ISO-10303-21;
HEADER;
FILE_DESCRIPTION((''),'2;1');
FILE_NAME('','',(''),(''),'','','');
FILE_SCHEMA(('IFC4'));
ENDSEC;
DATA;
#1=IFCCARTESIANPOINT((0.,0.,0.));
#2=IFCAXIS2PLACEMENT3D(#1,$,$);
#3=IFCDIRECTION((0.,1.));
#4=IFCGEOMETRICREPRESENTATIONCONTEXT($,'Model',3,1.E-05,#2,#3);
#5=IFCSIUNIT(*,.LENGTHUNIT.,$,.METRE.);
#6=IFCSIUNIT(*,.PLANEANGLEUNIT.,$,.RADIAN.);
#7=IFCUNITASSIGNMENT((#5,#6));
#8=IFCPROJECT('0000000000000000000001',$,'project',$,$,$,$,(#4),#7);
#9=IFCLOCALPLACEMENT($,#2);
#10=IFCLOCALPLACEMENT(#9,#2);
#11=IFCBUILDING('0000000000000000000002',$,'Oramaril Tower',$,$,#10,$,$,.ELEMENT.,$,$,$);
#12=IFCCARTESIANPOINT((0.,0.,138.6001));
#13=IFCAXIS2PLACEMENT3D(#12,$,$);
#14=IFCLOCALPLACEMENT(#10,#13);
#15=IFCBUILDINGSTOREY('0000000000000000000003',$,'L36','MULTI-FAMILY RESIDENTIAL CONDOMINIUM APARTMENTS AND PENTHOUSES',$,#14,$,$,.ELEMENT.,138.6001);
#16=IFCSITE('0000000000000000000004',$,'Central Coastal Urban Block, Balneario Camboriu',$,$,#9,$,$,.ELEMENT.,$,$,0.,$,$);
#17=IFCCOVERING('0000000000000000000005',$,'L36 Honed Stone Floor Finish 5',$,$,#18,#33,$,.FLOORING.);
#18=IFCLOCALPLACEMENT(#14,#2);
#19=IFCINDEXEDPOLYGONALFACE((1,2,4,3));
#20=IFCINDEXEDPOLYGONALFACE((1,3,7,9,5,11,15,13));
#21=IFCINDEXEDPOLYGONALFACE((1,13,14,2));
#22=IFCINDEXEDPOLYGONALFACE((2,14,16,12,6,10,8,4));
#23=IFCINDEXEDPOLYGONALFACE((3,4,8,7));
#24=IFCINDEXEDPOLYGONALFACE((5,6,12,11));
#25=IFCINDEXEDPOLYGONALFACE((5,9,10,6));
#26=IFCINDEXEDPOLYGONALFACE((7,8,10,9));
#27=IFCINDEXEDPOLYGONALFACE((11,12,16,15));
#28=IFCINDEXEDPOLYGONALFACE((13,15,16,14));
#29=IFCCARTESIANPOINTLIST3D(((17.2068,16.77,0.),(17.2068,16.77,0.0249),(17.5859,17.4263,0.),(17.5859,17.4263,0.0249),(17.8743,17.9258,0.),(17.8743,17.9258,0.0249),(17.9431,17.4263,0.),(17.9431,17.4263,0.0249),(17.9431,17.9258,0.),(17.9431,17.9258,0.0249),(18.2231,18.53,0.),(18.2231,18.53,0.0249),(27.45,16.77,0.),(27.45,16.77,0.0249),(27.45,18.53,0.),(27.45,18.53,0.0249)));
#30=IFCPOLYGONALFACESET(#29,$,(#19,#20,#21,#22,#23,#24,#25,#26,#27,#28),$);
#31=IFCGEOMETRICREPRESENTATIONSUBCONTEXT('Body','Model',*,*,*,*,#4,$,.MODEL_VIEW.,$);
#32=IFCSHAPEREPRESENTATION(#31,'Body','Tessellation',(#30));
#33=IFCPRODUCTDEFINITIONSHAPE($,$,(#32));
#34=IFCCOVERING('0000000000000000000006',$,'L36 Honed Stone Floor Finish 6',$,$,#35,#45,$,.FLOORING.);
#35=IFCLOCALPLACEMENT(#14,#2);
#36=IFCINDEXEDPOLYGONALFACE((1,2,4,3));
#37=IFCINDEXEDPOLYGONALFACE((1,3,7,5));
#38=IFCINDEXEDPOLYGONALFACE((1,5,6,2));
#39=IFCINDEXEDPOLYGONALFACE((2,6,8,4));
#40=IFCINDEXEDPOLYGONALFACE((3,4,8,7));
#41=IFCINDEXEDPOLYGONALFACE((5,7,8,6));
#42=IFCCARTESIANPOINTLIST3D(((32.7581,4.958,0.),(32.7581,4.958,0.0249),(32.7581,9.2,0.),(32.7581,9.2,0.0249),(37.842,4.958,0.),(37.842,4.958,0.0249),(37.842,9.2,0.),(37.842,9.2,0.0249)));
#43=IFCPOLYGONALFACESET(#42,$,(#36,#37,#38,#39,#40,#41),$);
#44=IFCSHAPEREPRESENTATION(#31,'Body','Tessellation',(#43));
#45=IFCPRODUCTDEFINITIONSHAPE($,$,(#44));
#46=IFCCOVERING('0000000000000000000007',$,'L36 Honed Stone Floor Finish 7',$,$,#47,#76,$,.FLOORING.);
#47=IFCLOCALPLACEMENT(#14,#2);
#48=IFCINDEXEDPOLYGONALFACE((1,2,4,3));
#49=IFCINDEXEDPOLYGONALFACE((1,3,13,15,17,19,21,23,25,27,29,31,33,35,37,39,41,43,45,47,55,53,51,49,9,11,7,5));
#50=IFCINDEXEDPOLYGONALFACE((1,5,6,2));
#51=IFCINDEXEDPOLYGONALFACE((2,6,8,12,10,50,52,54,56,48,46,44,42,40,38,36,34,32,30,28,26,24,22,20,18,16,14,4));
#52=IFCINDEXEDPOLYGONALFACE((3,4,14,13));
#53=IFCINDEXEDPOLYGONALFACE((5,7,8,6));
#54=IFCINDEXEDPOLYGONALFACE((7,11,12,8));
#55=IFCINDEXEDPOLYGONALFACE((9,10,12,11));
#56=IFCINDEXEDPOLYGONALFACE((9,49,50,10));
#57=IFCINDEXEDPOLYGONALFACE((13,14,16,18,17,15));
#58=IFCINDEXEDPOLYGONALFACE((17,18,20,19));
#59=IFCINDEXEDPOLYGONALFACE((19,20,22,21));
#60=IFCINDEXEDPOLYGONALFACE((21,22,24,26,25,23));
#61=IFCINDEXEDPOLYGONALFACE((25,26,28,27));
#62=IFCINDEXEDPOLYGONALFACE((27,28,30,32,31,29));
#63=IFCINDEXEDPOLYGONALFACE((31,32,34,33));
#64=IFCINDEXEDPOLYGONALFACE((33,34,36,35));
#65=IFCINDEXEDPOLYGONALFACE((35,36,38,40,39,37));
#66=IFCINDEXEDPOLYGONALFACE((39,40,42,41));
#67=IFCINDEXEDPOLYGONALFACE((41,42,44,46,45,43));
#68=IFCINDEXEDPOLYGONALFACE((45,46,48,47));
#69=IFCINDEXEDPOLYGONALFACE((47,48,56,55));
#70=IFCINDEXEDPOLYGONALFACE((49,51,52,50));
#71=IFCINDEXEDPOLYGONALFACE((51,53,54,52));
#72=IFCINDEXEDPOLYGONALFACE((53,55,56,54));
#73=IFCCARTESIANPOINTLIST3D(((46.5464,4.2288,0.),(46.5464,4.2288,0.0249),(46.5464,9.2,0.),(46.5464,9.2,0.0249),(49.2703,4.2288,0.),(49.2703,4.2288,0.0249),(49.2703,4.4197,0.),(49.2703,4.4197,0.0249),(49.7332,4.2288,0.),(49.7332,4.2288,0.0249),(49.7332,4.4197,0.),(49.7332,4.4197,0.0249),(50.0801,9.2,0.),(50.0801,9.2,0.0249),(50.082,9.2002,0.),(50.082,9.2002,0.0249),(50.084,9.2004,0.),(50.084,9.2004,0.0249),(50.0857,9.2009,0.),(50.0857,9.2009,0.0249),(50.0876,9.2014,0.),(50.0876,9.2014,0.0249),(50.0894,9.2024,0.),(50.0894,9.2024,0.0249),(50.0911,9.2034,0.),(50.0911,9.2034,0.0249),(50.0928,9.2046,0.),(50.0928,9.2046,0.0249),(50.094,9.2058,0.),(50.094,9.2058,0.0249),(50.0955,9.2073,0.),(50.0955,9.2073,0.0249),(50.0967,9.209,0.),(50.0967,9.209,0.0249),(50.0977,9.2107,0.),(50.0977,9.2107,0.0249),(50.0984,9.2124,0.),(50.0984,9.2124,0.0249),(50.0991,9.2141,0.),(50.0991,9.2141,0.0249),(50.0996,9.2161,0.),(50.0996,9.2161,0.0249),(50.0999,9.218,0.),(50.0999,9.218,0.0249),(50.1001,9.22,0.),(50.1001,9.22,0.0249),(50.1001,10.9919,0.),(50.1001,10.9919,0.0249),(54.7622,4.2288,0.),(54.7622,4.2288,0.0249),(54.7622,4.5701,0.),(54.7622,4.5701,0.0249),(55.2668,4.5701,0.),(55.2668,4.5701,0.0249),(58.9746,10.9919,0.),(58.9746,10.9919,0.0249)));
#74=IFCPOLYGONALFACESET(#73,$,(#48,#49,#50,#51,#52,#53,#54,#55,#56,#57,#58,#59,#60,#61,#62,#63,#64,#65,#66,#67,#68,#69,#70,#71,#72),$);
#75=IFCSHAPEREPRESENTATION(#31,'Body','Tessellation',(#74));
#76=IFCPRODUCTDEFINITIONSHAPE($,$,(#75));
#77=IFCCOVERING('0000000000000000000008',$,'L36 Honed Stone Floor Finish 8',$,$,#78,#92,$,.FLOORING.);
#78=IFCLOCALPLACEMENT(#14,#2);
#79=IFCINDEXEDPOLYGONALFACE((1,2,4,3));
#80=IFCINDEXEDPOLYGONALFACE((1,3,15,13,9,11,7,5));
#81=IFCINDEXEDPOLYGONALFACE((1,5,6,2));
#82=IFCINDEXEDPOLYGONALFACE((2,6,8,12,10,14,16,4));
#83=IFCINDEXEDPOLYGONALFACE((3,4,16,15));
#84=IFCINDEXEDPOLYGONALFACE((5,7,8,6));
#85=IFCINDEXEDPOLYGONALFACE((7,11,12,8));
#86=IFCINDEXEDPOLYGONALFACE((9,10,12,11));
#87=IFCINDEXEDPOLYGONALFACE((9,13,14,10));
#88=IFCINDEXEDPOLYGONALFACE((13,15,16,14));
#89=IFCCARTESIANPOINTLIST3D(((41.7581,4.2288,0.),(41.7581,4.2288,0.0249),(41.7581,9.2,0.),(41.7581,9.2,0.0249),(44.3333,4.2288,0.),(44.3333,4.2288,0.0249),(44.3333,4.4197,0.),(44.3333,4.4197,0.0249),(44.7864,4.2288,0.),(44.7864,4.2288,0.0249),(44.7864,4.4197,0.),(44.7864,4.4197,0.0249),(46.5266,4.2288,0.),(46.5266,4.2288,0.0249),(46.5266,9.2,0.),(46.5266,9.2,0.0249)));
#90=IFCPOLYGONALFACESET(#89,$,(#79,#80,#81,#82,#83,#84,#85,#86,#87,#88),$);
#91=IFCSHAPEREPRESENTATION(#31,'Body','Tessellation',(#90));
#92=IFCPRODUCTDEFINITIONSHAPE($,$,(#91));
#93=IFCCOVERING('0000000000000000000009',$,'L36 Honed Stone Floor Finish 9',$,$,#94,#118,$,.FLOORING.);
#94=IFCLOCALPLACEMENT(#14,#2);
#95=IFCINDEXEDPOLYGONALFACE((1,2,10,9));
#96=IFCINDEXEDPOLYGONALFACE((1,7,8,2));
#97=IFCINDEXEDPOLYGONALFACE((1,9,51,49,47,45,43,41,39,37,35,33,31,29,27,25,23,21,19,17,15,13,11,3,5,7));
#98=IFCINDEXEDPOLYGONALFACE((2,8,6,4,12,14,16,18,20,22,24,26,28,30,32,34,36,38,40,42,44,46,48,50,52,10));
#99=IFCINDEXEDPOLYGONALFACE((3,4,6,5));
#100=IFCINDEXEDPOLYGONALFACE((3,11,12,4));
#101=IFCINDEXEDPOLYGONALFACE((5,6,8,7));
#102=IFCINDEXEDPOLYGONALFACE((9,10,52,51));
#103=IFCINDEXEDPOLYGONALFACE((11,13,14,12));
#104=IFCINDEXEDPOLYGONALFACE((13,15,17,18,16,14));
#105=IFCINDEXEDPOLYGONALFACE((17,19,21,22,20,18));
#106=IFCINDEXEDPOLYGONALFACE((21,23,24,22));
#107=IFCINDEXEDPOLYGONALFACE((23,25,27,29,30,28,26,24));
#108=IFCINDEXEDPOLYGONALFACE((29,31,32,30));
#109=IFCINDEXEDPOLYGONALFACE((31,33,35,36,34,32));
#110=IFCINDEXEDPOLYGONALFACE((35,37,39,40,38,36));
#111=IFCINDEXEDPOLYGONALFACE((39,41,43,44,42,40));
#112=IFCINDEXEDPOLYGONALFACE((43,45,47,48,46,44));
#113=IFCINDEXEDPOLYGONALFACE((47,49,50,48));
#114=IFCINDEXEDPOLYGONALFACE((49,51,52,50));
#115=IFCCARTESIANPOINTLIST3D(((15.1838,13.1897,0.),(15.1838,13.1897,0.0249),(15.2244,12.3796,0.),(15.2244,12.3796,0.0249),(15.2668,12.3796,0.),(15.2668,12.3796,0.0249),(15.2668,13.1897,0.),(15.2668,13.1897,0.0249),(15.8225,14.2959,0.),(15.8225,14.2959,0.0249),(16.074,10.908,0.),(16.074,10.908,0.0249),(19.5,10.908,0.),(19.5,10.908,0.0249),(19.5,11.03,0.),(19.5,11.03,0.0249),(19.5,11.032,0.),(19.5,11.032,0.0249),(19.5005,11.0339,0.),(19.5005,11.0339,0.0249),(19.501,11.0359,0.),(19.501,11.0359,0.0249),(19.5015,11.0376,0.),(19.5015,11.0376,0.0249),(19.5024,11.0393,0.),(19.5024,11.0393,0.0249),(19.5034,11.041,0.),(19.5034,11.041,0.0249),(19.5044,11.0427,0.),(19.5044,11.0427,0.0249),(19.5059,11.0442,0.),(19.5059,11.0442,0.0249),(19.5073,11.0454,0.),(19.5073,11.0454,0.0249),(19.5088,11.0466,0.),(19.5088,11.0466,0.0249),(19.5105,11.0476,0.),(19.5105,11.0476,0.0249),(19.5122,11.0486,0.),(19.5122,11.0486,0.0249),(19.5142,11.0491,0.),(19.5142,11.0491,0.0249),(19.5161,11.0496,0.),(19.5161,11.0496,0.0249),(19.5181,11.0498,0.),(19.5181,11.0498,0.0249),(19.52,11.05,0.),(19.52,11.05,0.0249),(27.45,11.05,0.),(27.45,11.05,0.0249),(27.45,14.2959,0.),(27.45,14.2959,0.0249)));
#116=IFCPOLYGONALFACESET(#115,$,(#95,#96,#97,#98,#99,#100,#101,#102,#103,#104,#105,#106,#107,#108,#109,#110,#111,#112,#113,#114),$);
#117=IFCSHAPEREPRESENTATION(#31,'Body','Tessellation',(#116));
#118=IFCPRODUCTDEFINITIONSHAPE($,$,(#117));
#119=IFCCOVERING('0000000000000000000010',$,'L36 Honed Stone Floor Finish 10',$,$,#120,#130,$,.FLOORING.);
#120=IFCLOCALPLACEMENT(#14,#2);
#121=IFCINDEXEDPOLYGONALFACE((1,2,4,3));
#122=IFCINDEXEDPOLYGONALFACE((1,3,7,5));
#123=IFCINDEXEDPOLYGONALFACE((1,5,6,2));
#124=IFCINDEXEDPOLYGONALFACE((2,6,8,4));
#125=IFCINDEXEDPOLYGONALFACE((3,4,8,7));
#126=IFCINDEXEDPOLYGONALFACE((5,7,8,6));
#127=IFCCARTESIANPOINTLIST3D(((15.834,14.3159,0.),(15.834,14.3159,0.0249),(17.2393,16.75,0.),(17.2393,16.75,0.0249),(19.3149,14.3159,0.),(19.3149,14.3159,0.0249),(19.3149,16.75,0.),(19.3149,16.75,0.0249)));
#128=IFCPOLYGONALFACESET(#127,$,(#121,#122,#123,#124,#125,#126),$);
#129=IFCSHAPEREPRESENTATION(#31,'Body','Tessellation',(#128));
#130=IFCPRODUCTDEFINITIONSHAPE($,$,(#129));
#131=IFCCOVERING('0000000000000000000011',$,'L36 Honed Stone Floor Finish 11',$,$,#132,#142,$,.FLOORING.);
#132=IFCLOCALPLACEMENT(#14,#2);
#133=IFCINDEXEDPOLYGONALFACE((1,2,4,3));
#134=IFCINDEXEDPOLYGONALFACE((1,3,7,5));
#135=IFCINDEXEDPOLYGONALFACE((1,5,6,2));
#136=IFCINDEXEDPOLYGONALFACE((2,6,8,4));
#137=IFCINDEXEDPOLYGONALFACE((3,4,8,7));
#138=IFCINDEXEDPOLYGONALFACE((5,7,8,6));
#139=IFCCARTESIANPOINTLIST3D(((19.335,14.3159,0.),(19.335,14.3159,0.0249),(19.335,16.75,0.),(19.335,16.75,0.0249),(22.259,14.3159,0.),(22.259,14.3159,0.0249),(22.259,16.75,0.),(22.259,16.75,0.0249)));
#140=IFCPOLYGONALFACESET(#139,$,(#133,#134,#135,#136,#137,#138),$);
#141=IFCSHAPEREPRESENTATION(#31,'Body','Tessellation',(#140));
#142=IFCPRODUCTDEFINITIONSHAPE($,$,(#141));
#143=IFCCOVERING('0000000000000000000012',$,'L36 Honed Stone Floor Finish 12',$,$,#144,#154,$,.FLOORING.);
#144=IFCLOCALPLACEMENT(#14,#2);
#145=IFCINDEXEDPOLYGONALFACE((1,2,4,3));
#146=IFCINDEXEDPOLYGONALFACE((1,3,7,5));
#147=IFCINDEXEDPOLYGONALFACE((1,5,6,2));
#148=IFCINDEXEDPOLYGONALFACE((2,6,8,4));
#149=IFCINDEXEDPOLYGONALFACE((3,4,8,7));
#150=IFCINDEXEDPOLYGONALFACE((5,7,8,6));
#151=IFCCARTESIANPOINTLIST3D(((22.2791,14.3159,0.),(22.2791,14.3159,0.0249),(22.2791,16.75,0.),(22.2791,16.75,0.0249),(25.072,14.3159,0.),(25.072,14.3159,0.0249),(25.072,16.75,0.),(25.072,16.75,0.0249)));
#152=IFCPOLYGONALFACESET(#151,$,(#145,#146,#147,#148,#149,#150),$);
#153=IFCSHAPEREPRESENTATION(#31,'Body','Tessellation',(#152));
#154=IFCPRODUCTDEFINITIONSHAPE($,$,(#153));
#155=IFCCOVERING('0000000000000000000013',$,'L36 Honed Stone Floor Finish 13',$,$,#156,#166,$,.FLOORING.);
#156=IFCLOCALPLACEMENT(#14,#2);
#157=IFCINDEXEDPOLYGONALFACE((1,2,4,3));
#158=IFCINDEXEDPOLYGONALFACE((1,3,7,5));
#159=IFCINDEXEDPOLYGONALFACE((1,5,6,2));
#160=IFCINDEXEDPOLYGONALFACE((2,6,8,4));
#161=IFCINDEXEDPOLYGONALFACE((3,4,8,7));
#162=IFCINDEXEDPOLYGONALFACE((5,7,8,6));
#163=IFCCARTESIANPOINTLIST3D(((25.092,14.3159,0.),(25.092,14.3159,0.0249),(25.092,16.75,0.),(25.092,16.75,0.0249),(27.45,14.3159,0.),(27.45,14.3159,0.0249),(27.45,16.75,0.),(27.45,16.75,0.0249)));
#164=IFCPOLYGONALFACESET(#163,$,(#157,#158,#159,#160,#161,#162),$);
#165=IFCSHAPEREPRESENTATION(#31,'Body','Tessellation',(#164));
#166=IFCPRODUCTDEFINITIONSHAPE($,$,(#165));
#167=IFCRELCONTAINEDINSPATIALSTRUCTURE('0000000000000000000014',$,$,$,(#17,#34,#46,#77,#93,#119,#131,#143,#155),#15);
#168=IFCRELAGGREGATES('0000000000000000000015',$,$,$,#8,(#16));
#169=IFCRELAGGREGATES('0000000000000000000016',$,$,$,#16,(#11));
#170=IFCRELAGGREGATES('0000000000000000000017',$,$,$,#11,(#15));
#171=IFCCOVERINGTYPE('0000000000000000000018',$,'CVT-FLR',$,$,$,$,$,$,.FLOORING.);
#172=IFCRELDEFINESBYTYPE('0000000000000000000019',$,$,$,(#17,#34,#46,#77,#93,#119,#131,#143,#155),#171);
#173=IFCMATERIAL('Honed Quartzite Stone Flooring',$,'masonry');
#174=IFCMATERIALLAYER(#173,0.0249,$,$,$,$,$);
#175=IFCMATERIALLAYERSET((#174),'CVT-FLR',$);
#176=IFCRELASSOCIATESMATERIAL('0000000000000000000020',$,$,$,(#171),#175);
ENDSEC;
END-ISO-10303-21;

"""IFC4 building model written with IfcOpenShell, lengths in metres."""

from ifc_helpers import new_model, si_unit, direction, frame, origin, place, context, subcontext, project, spatial, polyline, outline, extrude, material, layer, layer_set, type_object, element, save


model = new_model("IFC4")

# Units and contexts
model_context = context("Model", 3, precision=1e-05, world=origin(), true_north=direction((0.0, 1.0)))
body_context = subcontext(model_context, "Body", "Model", "MODEL_VIEW")
ifc_project = project(units=[si_unit("LENGTHUNIT", "METRE"), si_unit("PLANEANGLEUNIT", "RADIAN")], contexts=[model_context])

# Site, building, storey
site_placement = place(None, origin())
site = spatial("IfcSite", under=ifc_project, at=site_placement, Name="Central Coastal Urban Block, Balneario Camboriu", CompositionType="ELEMENT", RefElevation=0.0)
building_placement = place(site_placement, origin())
building = spatial("IfcBuilding", under=site, at=building_placement, Name="Oramaril Tower", CompositionType="ELEMENT")
storey_placement = place(building_placement, frame((0.0, 0.0, 138.6001)))
storey = spatial("IfcBuildingStorey", under=building, at=storey_placement, Name="L36", Description="MULTI-FAMILY RESIDENTIAL CONDOMINIUM APARTMENTS AND PENTHOUSES", CompositionType="ELEMENT", Elevation=138.6001)

# Coverings
ifc_material_1 = material(Name="Honed Quartzite Stone Flooring", Category="masonry")
ifc_layer_1 = layer(ifc_material_1, 0.0249)
ifc_layer_set_1 = layer_set([ifc_layer_1], Name="CVT-FLR")
covering_type_1 = type_object("IfcCoveringType", Name="CVT-FLR", PredefinedType="FLOORING", material=ifc_layer_set_1)
covering_1_placement = place(storey_placement, origin())
element("IfcCovering", 1, at=covering_1_placement, inside=storey, type_object=covering_type_1, Name="L36 Honed Stone Floor Finish 5", PredefinedType="FLOORING", context=body_context, shape_type="SweptSolid", body=[
    extrude(outline(polyline([(17.2068, 16.77), (17.5859, 17.4263), (17.9431, 17.4263), (17.9431, 17.9258), (17.8743, 17.9258), (18.2231, 18.53), (27.45, 18.53), (27.45, 16.77), (17.2068, 16.77)])), origin(), (0.0, 0.0, 1.0), 0.0249),
])
covering_2_placement = place(storey_placement, origin())
element("IfcCovering", 2, at=covering_2_placement, inside=storey, type_object=covering_type_1, Name="L36 Honed Stone Floor Finish 6", PredefinedType="FLOORING", context=body_context, shape_type="SweptSolid", body=[
    extrude(outline(polyline([(32.7581, 4.958), (32.7581, 9.2), (37.842, 9.2), (37.842, 4.958), (32.7581, 4.958)])), origin(), (0.0, 0.0, 1.0), 0.0249),
])
covering_3_placement = place(storey_placement, origin())
element("IfcCovering", 3, at=covering_3_placement, inside=storey, type_object=covering_type_1, Name="L36 Honed Stone Floor Finish 7", PredefinedType="FLOORING", context=body_context, shape_type="SweptSolid", body=[
    extrude(outline(polyline([(58.9746, 10.9919), (55.2668, 4.5701), (54.7622, 4.5701), (54.7622, 4.2288), (49.7332, 4.2288), (49.7332, 4.4197), (49.2703, 4.4197), (49.2703, 4.2288), (46.5464, 4.2288), (46.5464, 9.2), (50.0801, 9.2), (50.082, 9.2002), (50.084, 9.2004), (50.0857, 9.2009), (50.0876, 9.2014), (50.0894, 9.2024), (50.0911, 9.2034), (50.0928, 9.2046), (50.094, 9.2058), (50.0955, 9.2073), (50.0967, 9.209), (50.0977, 9.2107), (50.0984, 9.2124), (50.0991, 9.2141), (50.0996, 9.2161), (50.0999, 9.218), (50.1001, 9.22), (50.1001, 10.9919), (58.9746, 10.9919)])), origin(), (0.0, 0.0, 1.0), 0.0249),
])
covering_4_placement = place(storey_placement, origin())
element("IfcCovering", 4, at=covering_4_placement, inside=storey, type_object=covering_type_1, Name="L36 Honed Stone Floor Finish 8", PredefinedType="FLOORING", context=body_context, shape_type="SweptSolid", body=[
    extrude(outline(polyline([(44.7864, 4.2288), (44.7864, 4.4197), (44.3333, 4.4197), (44.3333, 4.2288), (41.7581, 4.2288), (41.7581, 9.2), (46.5266, 9.2), (46.5266, 4.2288), (44.7864, 4.2288)])), origin(), (0.0, 0.0, 1.0), 0.0249),
])
covering_5_placement = place(storey_placement, origin())
element("IfcCovering", 5, at=covering_5_placement, inside=storey, type_object=covering_type_1, Name="L36 Honed Stone Floor Finish 9", PredefinedType="FLOORING", context=body_context, shape_type="SweptSolid", body=[
    extrude(outline(polyline([(16.074, 10.908), (15.2244, 12.3796), (15.2668, 12.3796), (15.2668, 13.1897), (15.1838, 13.1897), (15.8225, 14.2959), (27.45, 14.2959), (27.45, 11.05), (19.52, 11.05), (19.5181, 11.0498), (19.5161, 11.0496), (19.5142, 11.0491), (19.5122, 11.0486), (19.5105, 11.0476), (19.5088, 11.0466), (19.5073, 11.0454), (19.5059, 11.0442), (19.5044, 11.0427), (19.5034, 11.041), (19.5024, 11.0393), (19.5015, 11.0376), (19.501, 11.0359), (19.5005, 11.0339), (19.5, 11.032), (19.5, 11.03), (19.5, 10.908), (16.074, 10.908)])), origin(), (0.0, 0.0, 1.0), 0.0249),
])
covering_6_placement = place(storey_placement, origin())
element("IfcCovering", 6, at=covering_6_placement, inside=storey, type_object=covering_type_1, Name="L36 Honed Stone Floor Finish 10", PredefinedType="FLOORING", context=body_context, shape_type="SweptSolid", body=[
    extrude(outline(polyline([(17.2393, 16.75), (19.3149, 16.75), (19.3149, 14.3159), (15.834, 14.3159), (17.2393, 16.75)])), origin(), (0.0, 0.0, 1.0), 0.0249),
])
covering_7_placement = place(storey_placement, origin())
element("IfcCovering", 7, at=covering_7_placement, inside=storey, type_object=covering_type_1, Name="L36 Honed Stone Floor Finish 11", PredefinedType="FLOORING", context=body_context, shape_type="SweptSolid", body=[
    extrude(outline(polyline([(22.259, 14.3159), (19.335, 14.3159), (19.335, 16.75), (22.259, 16.75), (22.259, 14.3159)])), origin(), (0.0, 0.0, 1.0), 0.0249),
])
covering_8_placement = place(storey_placement, origin())
element("IfcCovering", 8, at=covering_8_placement, inside=storey, type_object=covering_type_1, Name="L36 Honed Stone Floor Finish 12", PredefinedType="FLOORING", context=body_context, shape_type="SweptSolid", body=[
    extrude(outline(polyline([(25.072, 14.3159), (22.2791, 14.3159), (22.2791, 16.75), (25.072, 16.75), (25.072, 14.3159)])), origin(), (0.0, 0.0, 1.0), 0.0249),
])
covering_9_placement = place(storey_placement, origin())
element("IfcCovering", 9, at=covering_9_placement, inside=storey, type_object=covering_type_1, Name="L36 Honed Stone Floor Finish 13", PredefinedType="FLOORING", context=body_context, shape_type="SweptSolid", body=[
    extrude(outline(polyline([(25.092, 16.75), (27.45, 16.75), (27.45, 14.3159), (25.092, 14.3159), (25.092, 16.75)])), origin(), (0.0, 0.0, 1.0), 0.0249),
])

save(model, "model.ifc")
